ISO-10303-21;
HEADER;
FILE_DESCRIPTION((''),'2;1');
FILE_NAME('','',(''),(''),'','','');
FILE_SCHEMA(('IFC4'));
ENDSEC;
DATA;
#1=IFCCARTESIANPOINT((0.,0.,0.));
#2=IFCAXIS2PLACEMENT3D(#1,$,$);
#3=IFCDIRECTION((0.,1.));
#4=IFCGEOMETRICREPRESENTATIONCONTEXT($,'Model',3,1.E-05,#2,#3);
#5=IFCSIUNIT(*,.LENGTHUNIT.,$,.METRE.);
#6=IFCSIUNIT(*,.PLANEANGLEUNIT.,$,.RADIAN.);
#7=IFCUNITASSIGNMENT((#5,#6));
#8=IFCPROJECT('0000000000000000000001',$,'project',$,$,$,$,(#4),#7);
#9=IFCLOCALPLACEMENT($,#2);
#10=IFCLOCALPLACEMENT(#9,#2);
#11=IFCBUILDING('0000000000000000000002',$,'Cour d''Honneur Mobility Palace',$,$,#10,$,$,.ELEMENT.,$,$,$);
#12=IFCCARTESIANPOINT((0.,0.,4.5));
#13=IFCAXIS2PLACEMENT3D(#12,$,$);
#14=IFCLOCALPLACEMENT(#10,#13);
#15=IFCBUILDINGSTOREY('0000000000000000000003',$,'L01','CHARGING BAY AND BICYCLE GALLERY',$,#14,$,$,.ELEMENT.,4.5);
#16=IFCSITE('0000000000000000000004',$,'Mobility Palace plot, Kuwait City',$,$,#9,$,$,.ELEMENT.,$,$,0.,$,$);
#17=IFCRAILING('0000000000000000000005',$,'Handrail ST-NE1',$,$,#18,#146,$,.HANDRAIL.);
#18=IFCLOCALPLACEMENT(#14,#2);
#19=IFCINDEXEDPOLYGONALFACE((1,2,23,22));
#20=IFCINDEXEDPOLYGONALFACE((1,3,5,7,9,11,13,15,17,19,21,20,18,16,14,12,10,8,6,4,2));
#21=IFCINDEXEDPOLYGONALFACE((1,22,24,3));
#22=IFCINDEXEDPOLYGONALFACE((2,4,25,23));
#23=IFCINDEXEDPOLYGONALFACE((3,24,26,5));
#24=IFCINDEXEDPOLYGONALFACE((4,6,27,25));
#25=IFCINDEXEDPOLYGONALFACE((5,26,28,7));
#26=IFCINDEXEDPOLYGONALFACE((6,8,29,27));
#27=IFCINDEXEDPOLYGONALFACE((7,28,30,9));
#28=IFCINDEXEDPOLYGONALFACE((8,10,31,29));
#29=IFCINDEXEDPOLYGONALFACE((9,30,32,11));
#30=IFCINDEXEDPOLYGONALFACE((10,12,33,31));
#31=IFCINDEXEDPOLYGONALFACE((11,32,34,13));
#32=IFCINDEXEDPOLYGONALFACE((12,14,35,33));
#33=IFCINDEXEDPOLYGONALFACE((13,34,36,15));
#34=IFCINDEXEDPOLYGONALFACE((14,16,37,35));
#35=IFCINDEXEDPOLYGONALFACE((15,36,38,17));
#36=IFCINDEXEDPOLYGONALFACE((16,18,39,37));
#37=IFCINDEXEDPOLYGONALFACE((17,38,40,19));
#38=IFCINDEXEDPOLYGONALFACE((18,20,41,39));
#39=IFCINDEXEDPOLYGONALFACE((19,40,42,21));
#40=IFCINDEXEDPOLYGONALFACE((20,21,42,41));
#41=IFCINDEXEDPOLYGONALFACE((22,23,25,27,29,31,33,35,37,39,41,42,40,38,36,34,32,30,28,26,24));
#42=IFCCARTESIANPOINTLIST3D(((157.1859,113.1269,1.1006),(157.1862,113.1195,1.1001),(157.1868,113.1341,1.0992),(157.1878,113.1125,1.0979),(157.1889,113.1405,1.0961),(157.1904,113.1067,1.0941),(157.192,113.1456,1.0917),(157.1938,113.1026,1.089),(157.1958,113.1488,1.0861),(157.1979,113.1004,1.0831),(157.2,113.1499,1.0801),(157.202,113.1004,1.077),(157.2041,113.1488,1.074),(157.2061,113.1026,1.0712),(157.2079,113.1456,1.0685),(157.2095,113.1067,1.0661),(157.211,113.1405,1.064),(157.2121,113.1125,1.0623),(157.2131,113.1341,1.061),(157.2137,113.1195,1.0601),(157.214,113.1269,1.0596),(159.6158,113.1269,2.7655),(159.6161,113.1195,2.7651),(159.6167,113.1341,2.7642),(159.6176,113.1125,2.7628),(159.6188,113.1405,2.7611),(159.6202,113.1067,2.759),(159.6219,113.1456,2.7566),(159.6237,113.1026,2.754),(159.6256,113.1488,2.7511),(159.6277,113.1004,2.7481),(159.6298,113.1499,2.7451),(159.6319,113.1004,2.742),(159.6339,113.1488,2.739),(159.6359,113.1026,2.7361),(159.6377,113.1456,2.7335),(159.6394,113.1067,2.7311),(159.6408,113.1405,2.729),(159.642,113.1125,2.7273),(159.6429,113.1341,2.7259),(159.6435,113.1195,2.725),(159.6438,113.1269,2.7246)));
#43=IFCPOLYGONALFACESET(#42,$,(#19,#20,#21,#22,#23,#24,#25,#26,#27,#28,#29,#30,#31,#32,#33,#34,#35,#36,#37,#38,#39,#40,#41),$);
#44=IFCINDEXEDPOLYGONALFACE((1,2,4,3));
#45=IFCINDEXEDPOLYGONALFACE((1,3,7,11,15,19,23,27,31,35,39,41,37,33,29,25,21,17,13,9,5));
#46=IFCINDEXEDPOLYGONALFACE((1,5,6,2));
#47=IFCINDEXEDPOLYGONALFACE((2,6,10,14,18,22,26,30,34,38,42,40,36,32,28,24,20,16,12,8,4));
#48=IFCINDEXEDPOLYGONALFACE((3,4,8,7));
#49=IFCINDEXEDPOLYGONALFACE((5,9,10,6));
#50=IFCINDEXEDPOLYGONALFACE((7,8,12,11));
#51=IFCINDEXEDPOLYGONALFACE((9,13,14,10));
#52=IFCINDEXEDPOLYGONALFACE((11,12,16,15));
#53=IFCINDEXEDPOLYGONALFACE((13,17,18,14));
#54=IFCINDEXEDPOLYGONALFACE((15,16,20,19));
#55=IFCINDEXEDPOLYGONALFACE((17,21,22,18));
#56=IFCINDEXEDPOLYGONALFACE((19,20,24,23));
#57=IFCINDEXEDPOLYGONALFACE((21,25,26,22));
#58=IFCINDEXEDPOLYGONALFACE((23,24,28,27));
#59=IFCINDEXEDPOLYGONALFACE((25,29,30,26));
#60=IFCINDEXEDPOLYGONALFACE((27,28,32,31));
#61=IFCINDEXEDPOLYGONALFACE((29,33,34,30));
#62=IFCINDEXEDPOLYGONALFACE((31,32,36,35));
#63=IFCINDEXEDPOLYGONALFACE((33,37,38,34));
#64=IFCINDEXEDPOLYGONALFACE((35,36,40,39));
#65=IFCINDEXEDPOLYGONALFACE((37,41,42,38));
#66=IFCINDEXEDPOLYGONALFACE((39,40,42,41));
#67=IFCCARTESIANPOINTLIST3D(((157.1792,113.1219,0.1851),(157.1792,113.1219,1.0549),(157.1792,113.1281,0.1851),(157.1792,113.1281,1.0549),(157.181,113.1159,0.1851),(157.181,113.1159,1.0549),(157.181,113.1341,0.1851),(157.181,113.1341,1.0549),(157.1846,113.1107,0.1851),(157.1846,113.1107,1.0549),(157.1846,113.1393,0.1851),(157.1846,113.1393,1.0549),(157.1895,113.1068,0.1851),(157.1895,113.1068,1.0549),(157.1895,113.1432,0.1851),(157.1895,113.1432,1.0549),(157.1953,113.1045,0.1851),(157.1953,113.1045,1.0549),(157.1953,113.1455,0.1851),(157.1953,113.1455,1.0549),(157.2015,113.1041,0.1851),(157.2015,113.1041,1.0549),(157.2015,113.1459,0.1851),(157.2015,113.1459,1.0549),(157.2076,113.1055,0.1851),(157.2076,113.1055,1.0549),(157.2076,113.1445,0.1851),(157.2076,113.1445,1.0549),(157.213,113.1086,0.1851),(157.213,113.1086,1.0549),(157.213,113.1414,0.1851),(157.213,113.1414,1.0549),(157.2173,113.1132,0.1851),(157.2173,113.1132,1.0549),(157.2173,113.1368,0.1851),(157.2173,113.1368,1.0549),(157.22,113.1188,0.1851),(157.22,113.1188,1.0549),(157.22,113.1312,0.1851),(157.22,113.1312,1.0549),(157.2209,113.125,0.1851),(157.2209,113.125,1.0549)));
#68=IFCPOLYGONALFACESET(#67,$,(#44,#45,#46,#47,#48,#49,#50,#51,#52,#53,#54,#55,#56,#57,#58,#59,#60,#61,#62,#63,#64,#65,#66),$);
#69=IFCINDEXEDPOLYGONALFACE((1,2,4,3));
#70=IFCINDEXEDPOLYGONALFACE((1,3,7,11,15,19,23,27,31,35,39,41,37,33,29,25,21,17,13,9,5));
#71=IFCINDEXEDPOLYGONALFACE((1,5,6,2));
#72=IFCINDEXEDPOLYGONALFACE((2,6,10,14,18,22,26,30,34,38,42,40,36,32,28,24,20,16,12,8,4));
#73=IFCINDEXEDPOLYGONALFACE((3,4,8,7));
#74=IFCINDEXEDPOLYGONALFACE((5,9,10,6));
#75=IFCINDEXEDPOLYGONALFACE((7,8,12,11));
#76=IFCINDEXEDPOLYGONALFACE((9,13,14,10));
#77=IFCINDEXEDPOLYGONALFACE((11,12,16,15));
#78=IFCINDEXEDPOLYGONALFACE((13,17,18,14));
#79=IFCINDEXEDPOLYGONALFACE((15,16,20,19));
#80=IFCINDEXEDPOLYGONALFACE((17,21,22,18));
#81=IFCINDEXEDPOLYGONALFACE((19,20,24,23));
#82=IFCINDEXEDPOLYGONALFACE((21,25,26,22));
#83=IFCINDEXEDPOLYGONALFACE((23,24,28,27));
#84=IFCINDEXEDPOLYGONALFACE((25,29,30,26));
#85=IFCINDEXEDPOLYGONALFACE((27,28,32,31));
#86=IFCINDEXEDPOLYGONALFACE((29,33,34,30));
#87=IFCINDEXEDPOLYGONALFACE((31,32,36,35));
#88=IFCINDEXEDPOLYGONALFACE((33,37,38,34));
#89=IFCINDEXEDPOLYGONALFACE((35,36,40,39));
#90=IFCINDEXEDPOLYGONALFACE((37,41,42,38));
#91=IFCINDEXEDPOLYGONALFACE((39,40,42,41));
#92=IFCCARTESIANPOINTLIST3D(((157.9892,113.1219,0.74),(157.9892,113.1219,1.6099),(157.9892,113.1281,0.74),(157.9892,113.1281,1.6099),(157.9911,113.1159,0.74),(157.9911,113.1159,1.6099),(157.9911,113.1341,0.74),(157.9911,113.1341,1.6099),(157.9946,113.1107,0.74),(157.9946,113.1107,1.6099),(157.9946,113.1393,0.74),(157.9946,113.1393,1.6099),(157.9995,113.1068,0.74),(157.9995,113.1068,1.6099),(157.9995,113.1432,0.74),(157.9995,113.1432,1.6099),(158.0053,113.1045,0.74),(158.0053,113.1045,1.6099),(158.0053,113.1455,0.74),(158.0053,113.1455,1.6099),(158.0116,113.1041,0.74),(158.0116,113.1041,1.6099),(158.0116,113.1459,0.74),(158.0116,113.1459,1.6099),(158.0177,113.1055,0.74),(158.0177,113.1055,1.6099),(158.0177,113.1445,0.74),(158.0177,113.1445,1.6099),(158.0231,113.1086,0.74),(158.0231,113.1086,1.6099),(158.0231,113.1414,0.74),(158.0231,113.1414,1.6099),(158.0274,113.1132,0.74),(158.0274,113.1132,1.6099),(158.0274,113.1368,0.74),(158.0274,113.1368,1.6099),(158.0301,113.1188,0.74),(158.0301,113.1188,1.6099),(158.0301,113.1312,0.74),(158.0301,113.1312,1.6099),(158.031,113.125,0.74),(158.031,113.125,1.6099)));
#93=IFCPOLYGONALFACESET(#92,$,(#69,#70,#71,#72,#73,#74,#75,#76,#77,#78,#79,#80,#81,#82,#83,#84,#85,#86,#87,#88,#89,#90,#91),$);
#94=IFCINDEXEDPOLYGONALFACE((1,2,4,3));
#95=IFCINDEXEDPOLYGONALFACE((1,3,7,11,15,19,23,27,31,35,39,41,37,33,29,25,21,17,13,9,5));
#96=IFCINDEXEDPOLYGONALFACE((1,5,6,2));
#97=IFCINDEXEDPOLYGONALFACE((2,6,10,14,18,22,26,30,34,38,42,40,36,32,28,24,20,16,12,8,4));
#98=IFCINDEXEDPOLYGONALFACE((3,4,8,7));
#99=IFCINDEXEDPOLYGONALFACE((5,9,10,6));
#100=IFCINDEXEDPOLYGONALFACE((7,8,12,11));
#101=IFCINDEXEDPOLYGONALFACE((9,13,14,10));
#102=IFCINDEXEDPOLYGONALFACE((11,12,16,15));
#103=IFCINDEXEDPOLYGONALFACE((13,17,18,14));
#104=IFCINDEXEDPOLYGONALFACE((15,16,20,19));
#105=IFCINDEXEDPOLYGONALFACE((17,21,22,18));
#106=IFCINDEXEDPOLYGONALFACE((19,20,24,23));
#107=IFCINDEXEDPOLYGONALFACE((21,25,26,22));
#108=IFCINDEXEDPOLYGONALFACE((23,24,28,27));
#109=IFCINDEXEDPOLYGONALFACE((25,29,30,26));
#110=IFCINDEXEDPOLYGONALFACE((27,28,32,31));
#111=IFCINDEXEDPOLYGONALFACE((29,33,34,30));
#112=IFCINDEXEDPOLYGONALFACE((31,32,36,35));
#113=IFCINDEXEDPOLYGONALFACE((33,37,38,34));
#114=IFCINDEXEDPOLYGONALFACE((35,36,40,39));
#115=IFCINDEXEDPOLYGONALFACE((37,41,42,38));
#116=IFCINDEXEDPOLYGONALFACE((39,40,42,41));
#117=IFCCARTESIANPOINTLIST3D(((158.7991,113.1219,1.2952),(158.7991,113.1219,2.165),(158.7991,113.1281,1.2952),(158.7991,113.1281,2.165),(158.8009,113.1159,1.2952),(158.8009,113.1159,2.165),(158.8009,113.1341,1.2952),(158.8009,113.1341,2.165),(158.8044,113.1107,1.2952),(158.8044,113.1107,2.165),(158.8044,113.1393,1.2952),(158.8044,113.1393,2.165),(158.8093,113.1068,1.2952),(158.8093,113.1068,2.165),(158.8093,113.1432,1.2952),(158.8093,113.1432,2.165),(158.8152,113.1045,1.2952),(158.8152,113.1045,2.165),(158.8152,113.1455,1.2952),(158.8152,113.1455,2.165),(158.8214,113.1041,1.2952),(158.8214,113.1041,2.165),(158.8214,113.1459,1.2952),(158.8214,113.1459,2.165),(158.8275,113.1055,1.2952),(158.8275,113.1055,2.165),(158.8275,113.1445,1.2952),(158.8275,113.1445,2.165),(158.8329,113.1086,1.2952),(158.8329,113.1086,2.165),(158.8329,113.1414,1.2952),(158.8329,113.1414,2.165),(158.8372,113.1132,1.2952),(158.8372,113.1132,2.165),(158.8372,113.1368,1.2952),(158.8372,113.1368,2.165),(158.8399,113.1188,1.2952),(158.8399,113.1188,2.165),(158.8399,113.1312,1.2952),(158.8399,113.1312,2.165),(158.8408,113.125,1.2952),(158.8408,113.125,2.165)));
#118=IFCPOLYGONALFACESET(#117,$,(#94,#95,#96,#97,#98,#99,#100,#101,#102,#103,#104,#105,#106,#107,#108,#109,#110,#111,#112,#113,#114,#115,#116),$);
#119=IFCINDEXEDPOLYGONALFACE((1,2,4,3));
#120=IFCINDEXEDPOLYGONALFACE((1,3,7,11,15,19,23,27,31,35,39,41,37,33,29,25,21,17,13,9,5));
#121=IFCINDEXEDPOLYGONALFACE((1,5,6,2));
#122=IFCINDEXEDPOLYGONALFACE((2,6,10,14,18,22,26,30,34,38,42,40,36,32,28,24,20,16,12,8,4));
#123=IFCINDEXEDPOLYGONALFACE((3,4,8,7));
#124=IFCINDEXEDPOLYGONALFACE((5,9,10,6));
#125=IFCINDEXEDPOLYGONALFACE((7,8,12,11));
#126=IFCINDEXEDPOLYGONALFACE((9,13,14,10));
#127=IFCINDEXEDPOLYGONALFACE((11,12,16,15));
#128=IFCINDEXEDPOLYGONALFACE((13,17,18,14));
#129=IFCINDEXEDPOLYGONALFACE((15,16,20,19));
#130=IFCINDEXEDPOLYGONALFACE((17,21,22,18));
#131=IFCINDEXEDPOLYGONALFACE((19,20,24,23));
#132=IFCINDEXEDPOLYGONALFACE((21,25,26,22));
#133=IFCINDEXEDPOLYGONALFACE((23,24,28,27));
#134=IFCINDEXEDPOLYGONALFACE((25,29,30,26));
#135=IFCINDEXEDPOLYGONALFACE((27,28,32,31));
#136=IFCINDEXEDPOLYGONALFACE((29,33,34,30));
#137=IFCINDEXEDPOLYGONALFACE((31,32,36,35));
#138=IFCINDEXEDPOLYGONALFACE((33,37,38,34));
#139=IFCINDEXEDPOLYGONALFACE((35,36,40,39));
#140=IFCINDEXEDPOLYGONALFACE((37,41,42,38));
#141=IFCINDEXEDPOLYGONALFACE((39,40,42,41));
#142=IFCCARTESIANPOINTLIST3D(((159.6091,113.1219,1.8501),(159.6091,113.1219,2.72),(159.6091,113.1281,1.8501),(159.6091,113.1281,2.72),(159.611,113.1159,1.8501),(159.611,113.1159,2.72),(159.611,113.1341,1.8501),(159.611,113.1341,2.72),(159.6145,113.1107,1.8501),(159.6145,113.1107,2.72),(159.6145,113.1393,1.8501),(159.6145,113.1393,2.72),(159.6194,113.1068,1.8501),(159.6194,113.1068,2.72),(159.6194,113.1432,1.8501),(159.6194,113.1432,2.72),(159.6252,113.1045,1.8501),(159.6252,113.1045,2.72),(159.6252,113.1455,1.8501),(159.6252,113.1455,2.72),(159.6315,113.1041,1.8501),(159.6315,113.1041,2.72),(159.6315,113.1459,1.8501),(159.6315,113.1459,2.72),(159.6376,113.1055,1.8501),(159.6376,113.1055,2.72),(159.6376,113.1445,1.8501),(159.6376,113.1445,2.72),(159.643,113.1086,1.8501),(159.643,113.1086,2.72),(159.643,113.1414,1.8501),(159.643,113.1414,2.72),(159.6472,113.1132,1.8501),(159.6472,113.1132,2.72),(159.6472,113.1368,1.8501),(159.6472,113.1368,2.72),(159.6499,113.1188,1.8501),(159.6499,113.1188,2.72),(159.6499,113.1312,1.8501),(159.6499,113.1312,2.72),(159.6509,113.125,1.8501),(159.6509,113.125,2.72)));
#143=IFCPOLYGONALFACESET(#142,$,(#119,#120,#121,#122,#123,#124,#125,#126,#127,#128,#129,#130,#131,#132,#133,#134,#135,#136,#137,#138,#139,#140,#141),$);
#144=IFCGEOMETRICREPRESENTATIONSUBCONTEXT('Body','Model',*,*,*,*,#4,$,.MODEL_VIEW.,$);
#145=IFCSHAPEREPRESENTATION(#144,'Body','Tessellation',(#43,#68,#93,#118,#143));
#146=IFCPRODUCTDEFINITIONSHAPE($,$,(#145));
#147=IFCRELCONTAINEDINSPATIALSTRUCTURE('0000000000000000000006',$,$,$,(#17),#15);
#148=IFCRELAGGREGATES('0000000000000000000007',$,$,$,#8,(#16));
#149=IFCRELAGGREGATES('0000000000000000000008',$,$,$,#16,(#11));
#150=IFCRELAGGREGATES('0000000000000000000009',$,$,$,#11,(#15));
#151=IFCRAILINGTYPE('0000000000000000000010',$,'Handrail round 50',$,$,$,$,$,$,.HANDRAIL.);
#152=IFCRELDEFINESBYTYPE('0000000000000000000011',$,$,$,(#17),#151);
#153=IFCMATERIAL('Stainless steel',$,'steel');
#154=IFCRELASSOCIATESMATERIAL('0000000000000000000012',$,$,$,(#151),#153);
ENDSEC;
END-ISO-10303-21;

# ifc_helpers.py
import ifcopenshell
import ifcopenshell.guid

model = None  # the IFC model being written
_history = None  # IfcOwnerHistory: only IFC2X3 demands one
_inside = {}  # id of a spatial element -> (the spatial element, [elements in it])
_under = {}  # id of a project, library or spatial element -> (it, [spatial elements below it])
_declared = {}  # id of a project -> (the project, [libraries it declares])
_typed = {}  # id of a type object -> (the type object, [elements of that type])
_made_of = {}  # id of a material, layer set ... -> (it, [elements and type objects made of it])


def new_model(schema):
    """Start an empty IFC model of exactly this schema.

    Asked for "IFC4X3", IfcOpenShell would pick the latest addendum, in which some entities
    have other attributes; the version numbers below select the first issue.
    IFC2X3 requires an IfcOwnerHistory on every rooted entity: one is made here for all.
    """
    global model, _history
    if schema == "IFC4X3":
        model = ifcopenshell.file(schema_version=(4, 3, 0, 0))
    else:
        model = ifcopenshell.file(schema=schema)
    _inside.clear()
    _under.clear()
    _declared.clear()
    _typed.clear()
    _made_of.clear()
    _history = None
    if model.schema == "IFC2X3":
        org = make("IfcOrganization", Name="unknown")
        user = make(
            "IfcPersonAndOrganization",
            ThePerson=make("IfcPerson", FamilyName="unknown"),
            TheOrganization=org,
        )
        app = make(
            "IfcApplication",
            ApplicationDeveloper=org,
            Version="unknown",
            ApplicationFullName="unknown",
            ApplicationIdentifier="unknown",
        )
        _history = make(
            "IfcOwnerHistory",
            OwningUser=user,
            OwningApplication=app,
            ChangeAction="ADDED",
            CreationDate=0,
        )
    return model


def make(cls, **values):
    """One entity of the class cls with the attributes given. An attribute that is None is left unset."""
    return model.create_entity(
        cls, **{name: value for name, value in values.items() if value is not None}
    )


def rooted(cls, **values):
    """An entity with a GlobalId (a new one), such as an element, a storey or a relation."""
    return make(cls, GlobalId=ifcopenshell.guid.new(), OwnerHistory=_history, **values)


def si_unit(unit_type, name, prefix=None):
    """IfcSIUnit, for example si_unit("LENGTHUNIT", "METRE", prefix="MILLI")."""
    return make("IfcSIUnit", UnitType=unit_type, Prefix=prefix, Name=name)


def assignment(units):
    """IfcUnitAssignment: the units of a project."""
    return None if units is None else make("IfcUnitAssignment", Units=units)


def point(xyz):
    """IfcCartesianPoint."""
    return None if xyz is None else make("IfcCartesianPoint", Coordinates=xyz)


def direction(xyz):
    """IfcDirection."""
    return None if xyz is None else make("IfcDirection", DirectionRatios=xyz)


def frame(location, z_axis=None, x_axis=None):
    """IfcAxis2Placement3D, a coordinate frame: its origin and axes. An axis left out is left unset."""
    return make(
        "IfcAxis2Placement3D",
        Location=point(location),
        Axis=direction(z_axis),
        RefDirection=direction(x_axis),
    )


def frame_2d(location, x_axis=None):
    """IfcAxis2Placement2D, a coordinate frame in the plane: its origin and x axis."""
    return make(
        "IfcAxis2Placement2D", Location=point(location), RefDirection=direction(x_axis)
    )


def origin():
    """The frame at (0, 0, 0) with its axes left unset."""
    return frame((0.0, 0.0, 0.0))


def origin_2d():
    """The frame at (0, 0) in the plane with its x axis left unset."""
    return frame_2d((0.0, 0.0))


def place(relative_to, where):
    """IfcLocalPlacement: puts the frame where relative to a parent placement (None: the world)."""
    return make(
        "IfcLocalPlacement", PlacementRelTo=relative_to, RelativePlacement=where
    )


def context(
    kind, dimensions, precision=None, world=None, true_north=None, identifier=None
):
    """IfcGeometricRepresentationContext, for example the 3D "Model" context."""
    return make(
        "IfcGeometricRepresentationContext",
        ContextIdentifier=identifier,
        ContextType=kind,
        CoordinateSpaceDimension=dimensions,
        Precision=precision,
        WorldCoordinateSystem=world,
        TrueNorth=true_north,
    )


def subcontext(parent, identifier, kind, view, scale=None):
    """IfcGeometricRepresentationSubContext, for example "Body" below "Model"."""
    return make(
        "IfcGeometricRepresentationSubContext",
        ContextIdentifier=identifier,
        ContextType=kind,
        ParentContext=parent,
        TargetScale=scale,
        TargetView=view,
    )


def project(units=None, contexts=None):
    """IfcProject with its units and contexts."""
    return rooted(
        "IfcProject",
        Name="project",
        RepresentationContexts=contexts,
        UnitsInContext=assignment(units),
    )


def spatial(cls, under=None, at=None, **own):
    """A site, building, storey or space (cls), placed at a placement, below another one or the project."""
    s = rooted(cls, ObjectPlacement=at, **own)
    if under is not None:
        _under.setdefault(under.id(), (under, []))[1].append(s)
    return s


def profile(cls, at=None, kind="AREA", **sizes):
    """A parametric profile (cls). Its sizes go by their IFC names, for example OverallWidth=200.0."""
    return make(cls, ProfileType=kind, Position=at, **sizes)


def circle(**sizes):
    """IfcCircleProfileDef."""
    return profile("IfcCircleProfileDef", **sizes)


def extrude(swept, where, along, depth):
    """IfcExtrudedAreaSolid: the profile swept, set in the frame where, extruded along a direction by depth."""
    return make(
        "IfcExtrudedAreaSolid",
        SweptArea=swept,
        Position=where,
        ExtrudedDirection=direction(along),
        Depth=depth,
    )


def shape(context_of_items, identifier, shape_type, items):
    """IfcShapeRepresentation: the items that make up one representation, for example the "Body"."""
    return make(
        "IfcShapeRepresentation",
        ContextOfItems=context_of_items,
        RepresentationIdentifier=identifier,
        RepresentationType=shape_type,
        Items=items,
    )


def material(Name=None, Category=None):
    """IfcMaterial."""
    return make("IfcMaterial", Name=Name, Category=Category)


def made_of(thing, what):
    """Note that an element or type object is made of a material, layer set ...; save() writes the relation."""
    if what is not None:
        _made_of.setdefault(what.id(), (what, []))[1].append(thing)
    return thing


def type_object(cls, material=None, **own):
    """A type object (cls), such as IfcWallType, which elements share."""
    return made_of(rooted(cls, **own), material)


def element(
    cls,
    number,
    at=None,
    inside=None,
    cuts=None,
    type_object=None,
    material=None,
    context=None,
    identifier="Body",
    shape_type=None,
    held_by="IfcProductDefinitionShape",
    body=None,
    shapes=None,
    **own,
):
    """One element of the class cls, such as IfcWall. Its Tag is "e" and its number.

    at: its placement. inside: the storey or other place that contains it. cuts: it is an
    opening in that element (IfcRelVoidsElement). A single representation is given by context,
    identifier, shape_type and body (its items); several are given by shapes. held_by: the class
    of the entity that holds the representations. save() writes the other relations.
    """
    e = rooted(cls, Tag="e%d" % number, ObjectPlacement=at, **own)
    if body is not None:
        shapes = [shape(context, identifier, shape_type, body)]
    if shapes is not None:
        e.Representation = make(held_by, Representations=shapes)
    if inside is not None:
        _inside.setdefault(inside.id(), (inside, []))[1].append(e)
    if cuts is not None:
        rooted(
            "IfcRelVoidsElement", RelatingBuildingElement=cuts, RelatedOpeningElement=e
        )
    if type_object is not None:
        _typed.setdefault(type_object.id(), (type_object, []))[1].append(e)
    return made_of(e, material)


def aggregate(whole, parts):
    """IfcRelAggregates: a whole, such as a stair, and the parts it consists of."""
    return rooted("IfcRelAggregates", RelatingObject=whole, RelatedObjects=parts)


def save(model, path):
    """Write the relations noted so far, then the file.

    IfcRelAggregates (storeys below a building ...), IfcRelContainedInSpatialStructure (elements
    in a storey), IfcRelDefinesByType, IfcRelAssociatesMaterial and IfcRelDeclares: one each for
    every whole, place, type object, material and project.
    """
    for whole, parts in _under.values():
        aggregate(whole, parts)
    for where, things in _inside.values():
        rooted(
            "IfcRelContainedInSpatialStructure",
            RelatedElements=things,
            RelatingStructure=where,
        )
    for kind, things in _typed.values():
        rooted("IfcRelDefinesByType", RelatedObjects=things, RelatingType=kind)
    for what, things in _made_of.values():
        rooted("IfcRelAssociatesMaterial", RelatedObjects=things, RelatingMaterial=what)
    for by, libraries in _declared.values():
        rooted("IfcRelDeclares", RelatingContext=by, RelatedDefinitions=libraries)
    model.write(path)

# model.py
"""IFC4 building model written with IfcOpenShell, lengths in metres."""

from ifc_helpers import new_model, si_unit, direction, frame, origin, origin_2d, place, context, subcontext, project, spatial, circle, extrude, material, type_object, element, save


model = new_model("IFC4")

# Units and contexts
model_context = context("Model", 3, precision=1e-05, world=origin(), true_north=direction((0.0, 1.0)))
body_context = subcontext(model_context, "Body", "Model", "MODEL_VIEW")
ifc_project = project(units=[si_unit("LENGTHUNIT", "METRE"), si_unit("PLANEANGLEUNIT", "RADIAN")], contexts=[model_context])

# Site, building, storey
site_placement = place(None, origin())
site = spatial("IfcSite", under=ifc_project, at=site_placement, Name="Mobility Palace plot, Kuwait City", CompositionType="ELEMENT", RefElevation=0.0)
building_placement = place(site_placement, origin())
building = spatial("IfcBuilding", under=site, at=building_placement, Name="Cour d'Honneur Mobility Palace", CompositionType="ELEMENT")
storey_placement = place(building_placement, frame((0.0, 0.0, 4.5)))
storey = spatial("IfcBuildingStorey", under=building, at=storey_placement, Name="L01", Description="CHARGING BAY AND BICYCLE GALLERY", CompositionType="ELEMENT", Elevation=4.5)

# Railing
ifc_material_1 = material(Name="Stainless steel", Category="steel")
railing_type_1 = type_object("IfcRailingType", Name="Handrail round 50", PredefinedType="HANDRAIL", material=ifc_material_1)
for number, where, name in (
    (1, (157.2, 113.125, 0.1851), "Handrail ST-NE1"),
):
    element("IfcRailing", number, at=place(storey_placement, frame(where)), inside=storey, type_object=railing_type_1, Name=name, PredefinedType="HANDRAIL", context=body_context, shape_type="SweptSolid", body=[
        extrude(circle(Radius=0.0249, at=origin_2d()), frame((0.0, 0.0, 0.895), z_axis=(0.824919, 0.0, 0.565251), x_axis=(0.0, 1.0, 0.0)), (0.0, 0.0, 1.0), 2.9456),
        extrude(circle(Radius=0.021, at=origin_2d()), origin(), (0.0, 0.0, 1.0), 0.8699),
        extrude(circle(Radius=0.021, at=origin_2d()), frame((0.8101, 0.0, 0.5549)), (0.0, 0.0, 1.0), 0.8699),
        extrude(circle(Radius=0.021, at=origin_2d()), frame((1.6199, 0.0, 1.1101)), (0.0, 0.0, 1.0), 0.8699),
        extrude(circle(Radius=0.021, at=origin_2d()), frame((2.4299, 0.0, 1.665)), (0.0, 0.0, 1.0), 0.8699),
    ])

save(model, "model.ifc")
